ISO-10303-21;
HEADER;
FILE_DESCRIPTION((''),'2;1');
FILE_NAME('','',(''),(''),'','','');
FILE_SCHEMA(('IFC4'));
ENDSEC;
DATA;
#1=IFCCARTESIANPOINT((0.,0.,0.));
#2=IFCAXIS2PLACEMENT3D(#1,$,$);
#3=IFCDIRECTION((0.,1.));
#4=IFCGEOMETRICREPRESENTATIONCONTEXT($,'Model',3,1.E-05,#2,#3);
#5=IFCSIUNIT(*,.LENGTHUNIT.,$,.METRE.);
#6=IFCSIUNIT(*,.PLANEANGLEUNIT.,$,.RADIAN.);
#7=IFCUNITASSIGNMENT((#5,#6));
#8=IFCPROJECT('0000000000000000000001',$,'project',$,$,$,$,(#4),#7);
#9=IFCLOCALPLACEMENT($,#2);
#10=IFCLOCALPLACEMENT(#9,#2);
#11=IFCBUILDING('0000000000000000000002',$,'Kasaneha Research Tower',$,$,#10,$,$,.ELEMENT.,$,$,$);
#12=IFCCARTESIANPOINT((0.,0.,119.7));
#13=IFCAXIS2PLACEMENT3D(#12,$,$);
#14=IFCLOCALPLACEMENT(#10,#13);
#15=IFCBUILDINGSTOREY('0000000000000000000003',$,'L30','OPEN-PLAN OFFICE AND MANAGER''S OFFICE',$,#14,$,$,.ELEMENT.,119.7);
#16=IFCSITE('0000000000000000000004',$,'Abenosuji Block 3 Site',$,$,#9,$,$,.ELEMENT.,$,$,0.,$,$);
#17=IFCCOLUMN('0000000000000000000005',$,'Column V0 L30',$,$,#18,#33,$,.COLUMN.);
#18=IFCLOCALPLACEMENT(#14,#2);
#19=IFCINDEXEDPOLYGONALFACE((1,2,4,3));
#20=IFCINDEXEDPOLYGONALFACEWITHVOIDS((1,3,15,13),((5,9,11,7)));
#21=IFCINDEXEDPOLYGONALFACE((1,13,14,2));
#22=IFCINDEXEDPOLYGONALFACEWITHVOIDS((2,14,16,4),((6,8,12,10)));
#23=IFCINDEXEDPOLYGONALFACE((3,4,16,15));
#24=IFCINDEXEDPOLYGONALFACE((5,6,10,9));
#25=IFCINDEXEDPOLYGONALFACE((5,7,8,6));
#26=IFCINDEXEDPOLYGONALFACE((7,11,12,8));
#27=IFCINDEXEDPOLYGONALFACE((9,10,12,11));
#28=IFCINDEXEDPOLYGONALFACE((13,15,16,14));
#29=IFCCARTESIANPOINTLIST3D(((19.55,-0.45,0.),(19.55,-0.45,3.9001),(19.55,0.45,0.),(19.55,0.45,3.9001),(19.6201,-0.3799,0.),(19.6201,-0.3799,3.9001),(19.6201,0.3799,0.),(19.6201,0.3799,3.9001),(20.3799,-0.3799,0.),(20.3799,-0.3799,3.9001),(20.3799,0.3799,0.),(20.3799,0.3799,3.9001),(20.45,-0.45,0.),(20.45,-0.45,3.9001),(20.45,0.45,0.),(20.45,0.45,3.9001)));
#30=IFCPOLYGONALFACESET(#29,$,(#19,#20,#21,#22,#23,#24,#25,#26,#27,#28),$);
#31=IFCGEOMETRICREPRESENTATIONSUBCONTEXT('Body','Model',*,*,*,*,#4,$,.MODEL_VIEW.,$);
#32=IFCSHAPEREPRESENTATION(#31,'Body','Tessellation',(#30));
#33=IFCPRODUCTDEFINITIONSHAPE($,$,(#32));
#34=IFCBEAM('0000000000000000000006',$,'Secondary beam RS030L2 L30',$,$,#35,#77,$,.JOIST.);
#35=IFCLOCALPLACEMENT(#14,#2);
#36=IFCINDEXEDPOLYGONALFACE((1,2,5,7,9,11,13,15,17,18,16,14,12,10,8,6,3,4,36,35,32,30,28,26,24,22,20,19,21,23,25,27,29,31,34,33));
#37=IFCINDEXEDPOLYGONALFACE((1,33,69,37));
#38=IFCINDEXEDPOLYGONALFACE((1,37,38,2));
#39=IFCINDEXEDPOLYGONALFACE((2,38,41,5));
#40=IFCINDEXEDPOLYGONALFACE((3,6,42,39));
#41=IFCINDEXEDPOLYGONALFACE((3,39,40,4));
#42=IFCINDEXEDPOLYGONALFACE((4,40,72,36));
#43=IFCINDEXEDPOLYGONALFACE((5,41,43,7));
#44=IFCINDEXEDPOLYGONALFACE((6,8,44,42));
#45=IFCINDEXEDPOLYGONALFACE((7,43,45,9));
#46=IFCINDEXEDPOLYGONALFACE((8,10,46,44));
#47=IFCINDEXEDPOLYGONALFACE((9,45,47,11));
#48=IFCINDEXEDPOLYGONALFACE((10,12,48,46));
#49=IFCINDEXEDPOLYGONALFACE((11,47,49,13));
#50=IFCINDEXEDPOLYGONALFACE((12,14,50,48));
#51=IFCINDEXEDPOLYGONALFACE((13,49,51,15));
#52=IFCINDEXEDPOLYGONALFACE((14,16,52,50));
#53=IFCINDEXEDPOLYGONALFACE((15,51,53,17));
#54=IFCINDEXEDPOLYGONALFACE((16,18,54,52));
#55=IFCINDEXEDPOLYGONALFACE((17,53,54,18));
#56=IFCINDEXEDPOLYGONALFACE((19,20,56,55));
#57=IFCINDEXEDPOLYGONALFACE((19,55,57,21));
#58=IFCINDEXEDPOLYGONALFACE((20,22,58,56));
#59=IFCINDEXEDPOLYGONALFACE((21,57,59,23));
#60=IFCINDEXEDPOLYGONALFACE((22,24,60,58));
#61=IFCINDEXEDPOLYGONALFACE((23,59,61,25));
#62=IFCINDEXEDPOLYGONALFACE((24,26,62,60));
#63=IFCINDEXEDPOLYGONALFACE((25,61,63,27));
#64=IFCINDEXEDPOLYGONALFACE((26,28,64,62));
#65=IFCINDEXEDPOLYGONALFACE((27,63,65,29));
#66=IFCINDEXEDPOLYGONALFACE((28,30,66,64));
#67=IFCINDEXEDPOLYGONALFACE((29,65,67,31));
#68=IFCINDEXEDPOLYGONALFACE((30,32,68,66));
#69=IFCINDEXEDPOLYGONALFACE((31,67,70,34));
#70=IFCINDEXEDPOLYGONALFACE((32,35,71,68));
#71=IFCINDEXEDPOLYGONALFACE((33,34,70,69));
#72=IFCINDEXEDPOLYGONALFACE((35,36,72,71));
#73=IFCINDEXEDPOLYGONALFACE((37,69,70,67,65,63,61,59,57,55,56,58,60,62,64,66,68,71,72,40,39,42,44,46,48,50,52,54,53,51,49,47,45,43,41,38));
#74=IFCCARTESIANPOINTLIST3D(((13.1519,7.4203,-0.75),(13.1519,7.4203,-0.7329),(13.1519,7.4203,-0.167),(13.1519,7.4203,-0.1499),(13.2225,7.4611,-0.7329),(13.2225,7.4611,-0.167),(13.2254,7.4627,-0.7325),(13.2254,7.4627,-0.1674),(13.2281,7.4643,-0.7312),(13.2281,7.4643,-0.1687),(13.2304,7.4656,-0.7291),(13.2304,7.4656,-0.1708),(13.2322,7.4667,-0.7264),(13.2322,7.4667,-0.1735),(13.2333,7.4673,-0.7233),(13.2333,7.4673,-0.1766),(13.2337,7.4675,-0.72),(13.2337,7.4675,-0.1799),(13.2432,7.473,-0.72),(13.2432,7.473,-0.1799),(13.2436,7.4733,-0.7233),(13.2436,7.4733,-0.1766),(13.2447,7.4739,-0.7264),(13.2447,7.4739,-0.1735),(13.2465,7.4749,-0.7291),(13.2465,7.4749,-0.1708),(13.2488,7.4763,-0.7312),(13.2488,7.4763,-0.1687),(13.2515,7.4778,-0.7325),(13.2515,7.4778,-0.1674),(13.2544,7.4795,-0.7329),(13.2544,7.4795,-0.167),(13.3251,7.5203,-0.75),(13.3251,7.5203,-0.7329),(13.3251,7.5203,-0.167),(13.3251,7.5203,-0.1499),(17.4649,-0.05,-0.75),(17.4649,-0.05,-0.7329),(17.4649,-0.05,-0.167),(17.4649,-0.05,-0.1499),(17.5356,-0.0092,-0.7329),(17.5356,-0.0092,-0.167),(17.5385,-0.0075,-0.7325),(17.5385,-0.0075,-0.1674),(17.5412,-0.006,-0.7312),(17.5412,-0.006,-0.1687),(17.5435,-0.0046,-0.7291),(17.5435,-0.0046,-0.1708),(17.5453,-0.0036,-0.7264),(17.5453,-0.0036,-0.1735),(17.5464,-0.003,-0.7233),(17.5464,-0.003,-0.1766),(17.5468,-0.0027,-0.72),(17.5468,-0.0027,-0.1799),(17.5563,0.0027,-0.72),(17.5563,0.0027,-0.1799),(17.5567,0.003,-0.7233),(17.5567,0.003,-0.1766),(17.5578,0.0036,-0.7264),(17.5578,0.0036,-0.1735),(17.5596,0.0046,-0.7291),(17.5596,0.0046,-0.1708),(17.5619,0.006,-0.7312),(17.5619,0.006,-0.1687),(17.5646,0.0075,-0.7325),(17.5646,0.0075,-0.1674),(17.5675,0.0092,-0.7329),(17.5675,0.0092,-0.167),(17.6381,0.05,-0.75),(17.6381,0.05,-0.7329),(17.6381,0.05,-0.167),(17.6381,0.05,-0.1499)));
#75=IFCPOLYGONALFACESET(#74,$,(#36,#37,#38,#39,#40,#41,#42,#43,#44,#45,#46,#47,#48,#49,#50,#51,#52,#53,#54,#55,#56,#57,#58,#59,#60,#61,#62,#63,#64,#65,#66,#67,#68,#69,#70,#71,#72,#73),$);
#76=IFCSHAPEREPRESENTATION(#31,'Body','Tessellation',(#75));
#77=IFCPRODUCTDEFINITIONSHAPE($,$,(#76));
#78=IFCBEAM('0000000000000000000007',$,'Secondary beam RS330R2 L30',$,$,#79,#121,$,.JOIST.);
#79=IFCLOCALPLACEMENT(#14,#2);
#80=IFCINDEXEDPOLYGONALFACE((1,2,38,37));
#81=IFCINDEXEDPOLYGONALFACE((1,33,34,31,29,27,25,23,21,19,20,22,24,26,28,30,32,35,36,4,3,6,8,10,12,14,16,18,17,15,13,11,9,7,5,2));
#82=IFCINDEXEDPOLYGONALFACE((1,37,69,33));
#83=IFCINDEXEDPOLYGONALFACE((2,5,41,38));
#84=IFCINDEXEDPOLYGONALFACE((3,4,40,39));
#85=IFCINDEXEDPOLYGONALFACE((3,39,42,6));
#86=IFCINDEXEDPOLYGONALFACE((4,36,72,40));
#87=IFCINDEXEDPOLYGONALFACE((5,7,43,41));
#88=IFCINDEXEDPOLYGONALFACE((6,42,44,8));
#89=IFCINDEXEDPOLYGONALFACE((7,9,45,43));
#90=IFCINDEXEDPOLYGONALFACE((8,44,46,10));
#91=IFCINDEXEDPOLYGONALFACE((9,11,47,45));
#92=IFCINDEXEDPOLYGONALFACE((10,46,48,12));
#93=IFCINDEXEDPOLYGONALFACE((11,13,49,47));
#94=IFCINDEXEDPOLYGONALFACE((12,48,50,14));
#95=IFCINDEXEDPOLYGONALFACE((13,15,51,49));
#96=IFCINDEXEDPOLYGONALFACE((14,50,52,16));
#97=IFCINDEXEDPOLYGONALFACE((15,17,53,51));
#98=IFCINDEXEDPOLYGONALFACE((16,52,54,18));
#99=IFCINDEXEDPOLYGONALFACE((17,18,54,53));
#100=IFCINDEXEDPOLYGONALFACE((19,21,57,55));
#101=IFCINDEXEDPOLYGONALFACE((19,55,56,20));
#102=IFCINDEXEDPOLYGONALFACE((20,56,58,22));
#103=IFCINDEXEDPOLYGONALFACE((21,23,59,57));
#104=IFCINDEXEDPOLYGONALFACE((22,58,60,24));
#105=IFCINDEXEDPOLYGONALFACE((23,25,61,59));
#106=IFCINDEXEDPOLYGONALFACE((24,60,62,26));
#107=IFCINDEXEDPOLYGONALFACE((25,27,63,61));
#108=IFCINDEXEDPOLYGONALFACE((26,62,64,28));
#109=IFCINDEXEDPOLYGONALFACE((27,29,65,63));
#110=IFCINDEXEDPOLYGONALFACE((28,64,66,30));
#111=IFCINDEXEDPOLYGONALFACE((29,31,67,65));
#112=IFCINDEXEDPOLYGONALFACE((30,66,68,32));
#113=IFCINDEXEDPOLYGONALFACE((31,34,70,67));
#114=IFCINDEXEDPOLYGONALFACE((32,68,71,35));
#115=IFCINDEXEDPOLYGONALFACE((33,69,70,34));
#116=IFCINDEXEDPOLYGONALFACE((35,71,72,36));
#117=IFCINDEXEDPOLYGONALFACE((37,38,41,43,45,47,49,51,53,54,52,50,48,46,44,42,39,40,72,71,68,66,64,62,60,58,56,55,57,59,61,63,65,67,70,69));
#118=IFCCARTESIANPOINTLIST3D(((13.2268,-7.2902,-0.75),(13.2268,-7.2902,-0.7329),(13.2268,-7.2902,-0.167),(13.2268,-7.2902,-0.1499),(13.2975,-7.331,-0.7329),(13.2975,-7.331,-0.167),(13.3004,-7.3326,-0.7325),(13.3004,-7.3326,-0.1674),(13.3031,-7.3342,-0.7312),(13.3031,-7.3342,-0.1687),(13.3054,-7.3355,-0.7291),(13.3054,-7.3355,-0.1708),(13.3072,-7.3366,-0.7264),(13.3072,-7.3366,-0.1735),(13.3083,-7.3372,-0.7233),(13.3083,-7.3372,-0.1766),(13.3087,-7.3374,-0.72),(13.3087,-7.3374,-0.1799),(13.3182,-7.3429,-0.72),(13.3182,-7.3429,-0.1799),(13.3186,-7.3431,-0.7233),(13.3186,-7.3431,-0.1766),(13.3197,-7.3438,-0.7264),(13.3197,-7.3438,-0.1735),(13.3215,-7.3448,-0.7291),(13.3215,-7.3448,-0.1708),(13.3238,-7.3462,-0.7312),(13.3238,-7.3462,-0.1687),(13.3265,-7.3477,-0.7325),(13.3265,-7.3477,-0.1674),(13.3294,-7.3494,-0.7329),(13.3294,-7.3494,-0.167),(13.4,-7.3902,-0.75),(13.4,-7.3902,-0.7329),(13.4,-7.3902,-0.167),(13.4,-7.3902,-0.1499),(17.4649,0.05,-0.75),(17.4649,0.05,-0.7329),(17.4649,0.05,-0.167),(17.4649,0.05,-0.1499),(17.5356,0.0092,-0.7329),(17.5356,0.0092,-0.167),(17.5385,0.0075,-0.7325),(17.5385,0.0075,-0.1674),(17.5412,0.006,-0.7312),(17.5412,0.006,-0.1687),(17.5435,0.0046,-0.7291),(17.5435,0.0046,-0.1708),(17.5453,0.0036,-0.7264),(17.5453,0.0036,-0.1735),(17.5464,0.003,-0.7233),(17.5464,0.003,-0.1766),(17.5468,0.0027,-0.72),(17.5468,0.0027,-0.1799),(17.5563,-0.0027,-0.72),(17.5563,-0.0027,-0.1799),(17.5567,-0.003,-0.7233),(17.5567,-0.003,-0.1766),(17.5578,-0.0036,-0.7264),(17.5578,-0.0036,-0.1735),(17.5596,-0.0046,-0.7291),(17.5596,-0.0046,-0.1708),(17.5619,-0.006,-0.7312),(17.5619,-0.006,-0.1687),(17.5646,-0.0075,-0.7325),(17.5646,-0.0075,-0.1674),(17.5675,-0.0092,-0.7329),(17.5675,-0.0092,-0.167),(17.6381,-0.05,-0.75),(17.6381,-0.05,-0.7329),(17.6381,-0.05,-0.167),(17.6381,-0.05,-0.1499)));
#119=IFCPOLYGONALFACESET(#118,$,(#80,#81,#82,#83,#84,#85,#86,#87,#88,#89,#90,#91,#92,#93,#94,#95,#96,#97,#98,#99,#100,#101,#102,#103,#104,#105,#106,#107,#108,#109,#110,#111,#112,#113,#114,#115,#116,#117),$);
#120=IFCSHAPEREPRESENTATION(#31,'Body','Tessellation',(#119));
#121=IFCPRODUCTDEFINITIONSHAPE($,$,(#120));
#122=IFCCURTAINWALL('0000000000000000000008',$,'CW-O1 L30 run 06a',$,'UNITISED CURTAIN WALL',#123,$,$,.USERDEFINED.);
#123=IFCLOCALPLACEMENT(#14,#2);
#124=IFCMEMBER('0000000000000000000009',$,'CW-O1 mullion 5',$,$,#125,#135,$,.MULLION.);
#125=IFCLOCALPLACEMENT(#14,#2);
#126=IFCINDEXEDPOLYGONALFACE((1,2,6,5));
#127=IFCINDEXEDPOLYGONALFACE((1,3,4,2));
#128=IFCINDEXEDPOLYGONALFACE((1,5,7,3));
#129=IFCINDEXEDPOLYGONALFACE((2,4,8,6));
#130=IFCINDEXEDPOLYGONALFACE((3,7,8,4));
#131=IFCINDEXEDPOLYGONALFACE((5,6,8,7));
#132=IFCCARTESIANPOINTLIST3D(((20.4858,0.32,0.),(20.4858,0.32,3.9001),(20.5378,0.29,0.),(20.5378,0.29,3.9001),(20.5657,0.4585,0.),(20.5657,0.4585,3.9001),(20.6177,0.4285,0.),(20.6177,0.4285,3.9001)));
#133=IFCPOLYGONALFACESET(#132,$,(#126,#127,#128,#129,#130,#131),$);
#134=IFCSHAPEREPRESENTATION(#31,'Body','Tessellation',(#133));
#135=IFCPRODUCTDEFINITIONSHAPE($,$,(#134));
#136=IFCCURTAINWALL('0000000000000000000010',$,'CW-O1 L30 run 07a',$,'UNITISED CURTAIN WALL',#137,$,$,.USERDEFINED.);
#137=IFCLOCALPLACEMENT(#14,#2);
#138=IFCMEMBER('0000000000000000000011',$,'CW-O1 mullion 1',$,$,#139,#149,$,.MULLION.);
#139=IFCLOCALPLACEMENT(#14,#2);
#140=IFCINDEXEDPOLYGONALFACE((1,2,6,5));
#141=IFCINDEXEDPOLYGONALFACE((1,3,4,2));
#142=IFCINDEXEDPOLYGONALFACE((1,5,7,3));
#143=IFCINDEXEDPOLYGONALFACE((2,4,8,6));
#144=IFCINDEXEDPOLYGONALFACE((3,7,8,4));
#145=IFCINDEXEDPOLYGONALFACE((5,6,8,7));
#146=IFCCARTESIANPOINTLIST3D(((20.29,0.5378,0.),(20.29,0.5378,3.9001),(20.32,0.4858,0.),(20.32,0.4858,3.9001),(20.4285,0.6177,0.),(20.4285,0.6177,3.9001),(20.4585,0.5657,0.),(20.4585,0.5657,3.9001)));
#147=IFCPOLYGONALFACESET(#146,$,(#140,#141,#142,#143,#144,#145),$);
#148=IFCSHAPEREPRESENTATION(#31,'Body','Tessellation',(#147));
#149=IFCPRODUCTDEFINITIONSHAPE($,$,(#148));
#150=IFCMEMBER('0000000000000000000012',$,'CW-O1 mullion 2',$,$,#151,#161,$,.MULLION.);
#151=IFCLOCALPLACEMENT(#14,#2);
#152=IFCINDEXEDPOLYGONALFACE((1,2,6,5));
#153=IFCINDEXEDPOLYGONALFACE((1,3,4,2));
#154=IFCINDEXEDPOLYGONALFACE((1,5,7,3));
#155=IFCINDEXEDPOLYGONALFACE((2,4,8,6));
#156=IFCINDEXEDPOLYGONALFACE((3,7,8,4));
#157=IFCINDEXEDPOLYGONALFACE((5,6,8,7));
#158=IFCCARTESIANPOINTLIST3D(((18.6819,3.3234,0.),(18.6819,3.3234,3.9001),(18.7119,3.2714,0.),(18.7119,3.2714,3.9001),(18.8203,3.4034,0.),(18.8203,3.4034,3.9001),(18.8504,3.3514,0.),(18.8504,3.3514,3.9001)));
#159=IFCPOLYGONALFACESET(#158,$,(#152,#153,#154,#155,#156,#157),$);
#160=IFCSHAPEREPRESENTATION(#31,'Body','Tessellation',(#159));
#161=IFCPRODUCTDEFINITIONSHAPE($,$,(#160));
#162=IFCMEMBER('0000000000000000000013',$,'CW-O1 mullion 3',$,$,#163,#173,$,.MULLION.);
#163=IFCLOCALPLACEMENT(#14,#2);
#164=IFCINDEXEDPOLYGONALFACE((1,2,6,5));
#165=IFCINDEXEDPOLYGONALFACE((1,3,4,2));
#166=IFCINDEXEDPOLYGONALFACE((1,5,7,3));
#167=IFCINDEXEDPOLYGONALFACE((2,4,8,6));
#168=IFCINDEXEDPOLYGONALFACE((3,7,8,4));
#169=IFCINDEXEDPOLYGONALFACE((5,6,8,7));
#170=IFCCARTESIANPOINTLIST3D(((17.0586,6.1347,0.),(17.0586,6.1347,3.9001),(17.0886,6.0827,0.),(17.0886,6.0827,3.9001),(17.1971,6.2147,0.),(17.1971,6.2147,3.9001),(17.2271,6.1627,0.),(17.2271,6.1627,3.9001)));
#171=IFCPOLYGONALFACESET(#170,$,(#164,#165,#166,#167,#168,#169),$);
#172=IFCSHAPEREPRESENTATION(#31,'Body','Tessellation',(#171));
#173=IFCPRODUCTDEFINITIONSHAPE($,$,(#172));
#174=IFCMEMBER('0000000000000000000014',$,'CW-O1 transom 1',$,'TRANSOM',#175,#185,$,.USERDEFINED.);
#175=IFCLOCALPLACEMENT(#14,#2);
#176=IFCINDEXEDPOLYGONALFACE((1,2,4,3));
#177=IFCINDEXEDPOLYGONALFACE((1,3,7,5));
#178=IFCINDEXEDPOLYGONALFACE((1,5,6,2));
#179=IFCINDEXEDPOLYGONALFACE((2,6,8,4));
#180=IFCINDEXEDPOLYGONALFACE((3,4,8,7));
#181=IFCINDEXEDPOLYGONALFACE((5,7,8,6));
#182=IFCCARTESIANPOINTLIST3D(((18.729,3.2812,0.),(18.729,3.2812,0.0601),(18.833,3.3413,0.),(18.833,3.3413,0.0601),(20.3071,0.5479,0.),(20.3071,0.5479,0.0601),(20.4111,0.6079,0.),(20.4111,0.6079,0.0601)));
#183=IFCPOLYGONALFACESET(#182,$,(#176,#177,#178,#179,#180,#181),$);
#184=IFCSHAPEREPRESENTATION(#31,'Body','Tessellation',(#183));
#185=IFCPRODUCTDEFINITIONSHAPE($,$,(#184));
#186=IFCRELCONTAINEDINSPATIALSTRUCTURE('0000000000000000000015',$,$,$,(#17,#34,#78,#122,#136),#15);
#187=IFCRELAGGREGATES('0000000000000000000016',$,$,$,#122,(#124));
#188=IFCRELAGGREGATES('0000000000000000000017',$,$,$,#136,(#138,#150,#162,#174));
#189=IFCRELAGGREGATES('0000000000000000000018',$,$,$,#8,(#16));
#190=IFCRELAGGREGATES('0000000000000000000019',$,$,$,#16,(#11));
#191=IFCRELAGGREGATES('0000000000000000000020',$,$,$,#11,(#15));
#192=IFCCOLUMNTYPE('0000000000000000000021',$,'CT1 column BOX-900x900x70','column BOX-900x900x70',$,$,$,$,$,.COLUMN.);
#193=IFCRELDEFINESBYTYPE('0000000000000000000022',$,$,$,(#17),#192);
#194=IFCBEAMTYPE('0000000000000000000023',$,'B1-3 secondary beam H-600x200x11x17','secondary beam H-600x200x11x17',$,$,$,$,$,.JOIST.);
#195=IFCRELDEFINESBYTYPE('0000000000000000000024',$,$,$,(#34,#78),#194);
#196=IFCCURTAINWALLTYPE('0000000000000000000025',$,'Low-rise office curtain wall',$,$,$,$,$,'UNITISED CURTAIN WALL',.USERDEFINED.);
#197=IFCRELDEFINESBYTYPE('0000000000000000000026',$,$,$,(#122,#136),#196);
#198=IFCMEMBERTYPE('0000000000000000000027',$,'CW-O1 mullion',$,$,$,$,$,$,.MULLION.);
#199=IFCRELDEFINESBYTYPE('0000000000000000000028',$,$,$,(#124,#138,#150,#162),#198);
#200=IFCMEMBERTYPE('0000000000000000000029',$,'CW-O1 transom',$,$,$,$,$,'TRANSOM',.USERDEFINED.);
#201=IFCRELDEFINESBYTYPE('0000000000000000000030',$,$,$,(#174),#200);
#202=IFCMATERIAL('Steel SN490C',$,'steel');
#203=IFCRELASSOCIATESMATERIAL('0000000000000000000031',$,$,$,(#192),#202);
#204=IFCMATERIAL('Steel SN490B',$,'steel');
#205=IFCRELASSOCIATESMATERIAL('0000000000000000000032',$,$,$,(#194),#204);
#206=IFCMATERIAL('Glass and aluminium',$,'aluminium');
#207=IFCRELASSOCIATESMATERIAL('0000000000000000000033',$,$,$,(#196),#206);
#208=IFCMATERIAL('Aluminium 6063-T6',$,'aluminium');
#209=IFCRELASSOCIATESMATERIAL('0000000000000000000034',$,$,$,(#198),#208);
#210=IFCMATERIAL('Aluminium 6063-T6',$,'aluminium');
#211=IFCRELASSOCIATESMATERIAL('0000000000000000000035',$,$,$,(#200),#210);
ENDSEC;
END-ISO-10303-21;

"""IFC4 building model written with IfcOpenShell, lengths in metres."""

from ifc_helpers import new_model, si_unit, direction, frame, origin, origin_2d, place, context, subcontext, project, spatial, rectangle, hollow_rectangle, i_section, extrude, material, material_profile, profile_set, type_object, element, aggregate, save


model = new_model("IFC4")

# Units and contexts
model_context = context("Model", 3, precision=1e-05, world=origin(), true_north=direction((0.0, 1.0)))
body_context = subcontext(model_context, "Body", "Model", "MODEL_VIEW")
ifc_project = project(units=[si_unit("LENGTHUNIT", "METRE"), si_unit("PLANEANGLEUNIT", "RADIAN")], contexts=[model_context])

# Site, building, storey
site_placement = place(None, origin())
site = spatial("IfcSite", under=ifc_project, at=site_placement, Name="Abenosuji Block 3 Site", CompositionType="ELEMENT", RefElevation=0.0)
building_placement = place(site_placement, origin())
building = spatial("IfcBuilding", under=site, at=building_placement, Name="Kasaneha Research Tower", CompositionType="ELEMENT")
storey_placement = place(building_placement, frame((0.0, 0.0, 119.7)))
storey = spatial("IfcBuildingStorey", under=building, at=storey_placement, Name="L30", Description="OPEN-PLAN OFFICE AND MANAGER'S OFFICE", CompositionType="ELEMENT", Elevation=119.7)

# Column
ifc_material_1 = material(Name="Steel SN490C", Category="steel")
ifc_material_profile_1 = material_profile(ifc_material_1, hollow_rectangle(XDim=0.8999, YDim=0.8999, WallThickness=0.0701, at=origin_2d()), Name="BOX-900x900x70")
ifc_profile_set_1 = profile_set([ifc_material_profile_1], Name="Steel SN490C")
column_type = type_object("IfcColumnType", Name="CT1 column BOX-900x900x70", Description="column BOX-900x900x70", PredefinedType="COLUMN", material=ifc_profile_set_1)
column_placement = place(storey_placement, frame((20.0, 0.0, 0.0), z_axis=(0.0, 0.0, 1.0), x_axis=(1.0, 0.0, 0.0)))
element("IfcColumn", 1, at=column_placement, inside=storey, type_object=column_type, Name="Column V0 L30", PredefinedType="COLUMN", context=body_context, shape_type="SweptSolid", body=[
    extrude(hollow_rectangle(XDim=0.8999, YDim=0.8999, WallThickness=0.0701, at=origin_2d()), origin(), (0.0, 0.0, 1.0), 3.9001),
])

# Beams
ifc_material_2 = material(Name="Steel SN490B", Category="steel")
ifc_material_profile_2 = material_profile(ifc_material_2, i_section(OverallWidth=0.2, OverallDepth=0.6001, WebThickness=0.011, FlangeThickness=0.0171, FilletRadius=0.0129, at=origin_2d()), Name="H-600x200x11x17")
ifc_profile_set_2 = profile_set([ifc_material_profile_2], Name="Steel SN490B")
beam_type_1 = type_object("IfcBeamType", Name="B1-3 secondary beam H-600x200x11x17", Description="secondary beam H-600x200x11x17", PredefinedType="JOIST", material=ifc_profile_set_2)
beam_1_placement = place(storey_placement, frame((17.5515, 0.0, -0.45), z_axis=(-0.500005, 0.866023, 0.0), x_axis=(-0.866023, -0.500005, 0.0)))
element("IfcBeam", 2, at=beam_1_placement, inside=storey, type_object=beam_type_1, Name="Secondary beam RS030L2 L30", PredefinedType="JOIST", context=body_context, shape_type="SweptSolid", body=[
    extrude(i_section(OverallWidth=0.2, OverallDepth=0.6001, WebThickness=0.011, FlangeThickness=0.0171, FilletRadius=0.0129, at=origin_2d()), origin(), (0.0, 0.0, 1.0), 8.626),
])
beam_2_placement = place(storey_placement, frame((17.5515, 0.0, -0.45), z_axis=(-0.500021, -0.866013, 0.0), x_axis=(0.866013, -0.500021, 0.0)))
element("IfcBeam", 3, at=beam_2_placement, inside=storey, type_object=beam_type_1, Name="Secondary beam RS330R2 L30", PredefinedType="JOIST", context=body_context, shape_type="SweptSolid", body=[
    extrude(i_section(OverallWidth=0.2, OverallDepth=0.6001, WebThickness=0.011, FlangeThickness=0.0171, FilletRadius=0.0129, at=origin_2d()), origin(), (0.0, 0.0, 1.0), 8.4758),
])

# Curtain wall, member
ifc_material_3 = material(Name="Glass and aluminium", Category="aluminium")
curtain_wall_type = type_object("IfcCurtainWallType", Name="Low-rise office curtain wall", ElementType="UNITISED CURTAIN WALL", PredefinedType="USERDEFINED", material=ifc_material_3)
curtain_wall_1_placement = place(storey_placement, origin())
curtain_wall_1 = element("IfcCurtainWall", 4, at=curtain_wall_1_placement, inside=storey, type_object=curtain_wall_type, Name="CW-O1 L30 run 06a", ObjectType="UNITISED CURTAIN WALL", PredefinedType="USERDEFINED")
ifc_material_4 = material(Name="Aluminium 6063-T6", Category="aluminium")
ifc_material_profile_3 = material_profile(ifc_material_4, rectangle(XDim=0.0601, YDim=0.1599, at=origin_2d()), Name="CW-O1 mullion 60x160")
ifc_profile_set_3 = profile_set([ifc_material_profile_3], Name="Aluminium 6063-T6")
member_type_1 = type_object("IfcMemberType", Name="CW-O1 mullion", PredefinedType="MULLION", material=ifc_profile_set_3)
member_1_placement = place(storey_placement, frame((20.5518, 0.3743, 0.0), z_axis=(0.0, 0.0, 1.0), x_axis=(-0.866025, 0.5, 0.0)))
member_1 = element("IfcMember", 5, at=member_1_placement, type_object=member_type_1, Name="CW-O1 mullion 5", PredefinedType="MULLION", context=body_context, shape_type="SweptSolid", body=[
    extrude(rectangle(XDim=0.0601, YDim=0.1599, at=origin_2d()), origin(), (0.0, 0.0, 1.0), 3.9001),
])
aggregate(curtain_wall_1, [member_1])

# Curtain wall, members
curtain_wall_2_placement = place(storey_placement, origin())
curtain_wall_2 = element("IfcCurtainWall", 6, at=curtain_wall_2_placement, inside=storey, type_object=curtain_wall_type, Name="CW-O1 L30 run 07a", ObjectType="UNITISED CURTAIN WALL", PredefinedType="USERDEFINED")
member_2_placement = place(storey_placement, frame((20.3743, 0.5518, 0.0), z_axis=(0.0, 0.0, 1.0), x_axis=(-0.5, 0.866025, 0.0)))
member_2 = element("IfcMember", 7, at=member_2_placement, type_object=member_type_1, Name="CW-O1 mullion 1", PredefinedType="MULLION", context=body_context, shape_type="SweptSolid", body=[
    extrude(rectangle(XDim=0.0601, YDim=0.1599, at=origin_2d()), origin(), (0.0, 0.0, 1.0), 3.9001),
])
member_3_placement = place(storey_placement, frame((18.7661, 3.3374, 0.0), z_axis=(0.0, 0.0, 1.0), x_axis=(-0.5, 0.866025, 0.0)))
member_3 = element("IfcMember", 8, at=member_3_placement, type_object=member_type_1, Name="CW-O1 mullion 2", PredefinedType="MULLION", context=body_context, shape_type="SweptSolid", body=[
    extrude(rectangle(XDim=0.0601, YDim=0.1599, at=origin_2d()), origin(), (0.0, 0.0, 1.0), 3.9001),
])
member_4_placement = place(storey_placement, frame((17.1428, 6.1487, 0.0), z_axis=(0.0, 0.0, 1.0), x_axis=(-0.5, 0.866025, 0.0)))
member_4 = element("IfcMember", 9, at=member_4_placement, type_object=member_type_1, Name="CW-O1 mullion 3", PredefinedType="MULLION", context=body_context, shape_type="SweptSolid", body=[
    extrude(rectangle(XDim=0.0601, YDim=0.1599, at=origin_2d()), origin(), (0.0, 0.0, 1.0), 3.9001),
])
ifc_material_5 = material(Name="Aluminium 6063-T6", Category="aluminium")
ifc_material_profile_4 = material_profile(ifc_material_5, rectangle(XDim=0.1201, YDim=0.0601, at=origin_2d()), Name="CW-O1 transom 120x60")
ifc_profile_set_4 = profile_set([ifc_material_profile_4], Name="Aluminium 6063-T6")
member_type_2 = type_object("IfcMemberType", Name="CW-O1 transom", ElementType="TRANSOM", PredefinedType="USERDEFINED", material=ifc_profile_set_4)
member_5_placement = place(storey_placement, frame((20.3591, 0.5779, 0.03), z_axis=(-0.499999, 0.866026, 0.0), x_axis=(-0.866026, -0.499999, 0.0)))
member_5 = element("IfcMember", 10, at=member_5_placement, type_object=member_type_2, Name="CW-O1 transom 1", ObjectType="TRANSOM", PredefinedType="USERDEFINED", context=body_context, shape_type="SweptSolid", body=[
    extrude(rectangle(XDim=0.1201, YDim=0.0601, at=origin_2d()), origin(), (0.0, 0.0, 1.0), 3.1562),
])

aggregate(curtain_wall_2, [member_2, member_3, member_4, member_5])

save(model, "model.ifc")
